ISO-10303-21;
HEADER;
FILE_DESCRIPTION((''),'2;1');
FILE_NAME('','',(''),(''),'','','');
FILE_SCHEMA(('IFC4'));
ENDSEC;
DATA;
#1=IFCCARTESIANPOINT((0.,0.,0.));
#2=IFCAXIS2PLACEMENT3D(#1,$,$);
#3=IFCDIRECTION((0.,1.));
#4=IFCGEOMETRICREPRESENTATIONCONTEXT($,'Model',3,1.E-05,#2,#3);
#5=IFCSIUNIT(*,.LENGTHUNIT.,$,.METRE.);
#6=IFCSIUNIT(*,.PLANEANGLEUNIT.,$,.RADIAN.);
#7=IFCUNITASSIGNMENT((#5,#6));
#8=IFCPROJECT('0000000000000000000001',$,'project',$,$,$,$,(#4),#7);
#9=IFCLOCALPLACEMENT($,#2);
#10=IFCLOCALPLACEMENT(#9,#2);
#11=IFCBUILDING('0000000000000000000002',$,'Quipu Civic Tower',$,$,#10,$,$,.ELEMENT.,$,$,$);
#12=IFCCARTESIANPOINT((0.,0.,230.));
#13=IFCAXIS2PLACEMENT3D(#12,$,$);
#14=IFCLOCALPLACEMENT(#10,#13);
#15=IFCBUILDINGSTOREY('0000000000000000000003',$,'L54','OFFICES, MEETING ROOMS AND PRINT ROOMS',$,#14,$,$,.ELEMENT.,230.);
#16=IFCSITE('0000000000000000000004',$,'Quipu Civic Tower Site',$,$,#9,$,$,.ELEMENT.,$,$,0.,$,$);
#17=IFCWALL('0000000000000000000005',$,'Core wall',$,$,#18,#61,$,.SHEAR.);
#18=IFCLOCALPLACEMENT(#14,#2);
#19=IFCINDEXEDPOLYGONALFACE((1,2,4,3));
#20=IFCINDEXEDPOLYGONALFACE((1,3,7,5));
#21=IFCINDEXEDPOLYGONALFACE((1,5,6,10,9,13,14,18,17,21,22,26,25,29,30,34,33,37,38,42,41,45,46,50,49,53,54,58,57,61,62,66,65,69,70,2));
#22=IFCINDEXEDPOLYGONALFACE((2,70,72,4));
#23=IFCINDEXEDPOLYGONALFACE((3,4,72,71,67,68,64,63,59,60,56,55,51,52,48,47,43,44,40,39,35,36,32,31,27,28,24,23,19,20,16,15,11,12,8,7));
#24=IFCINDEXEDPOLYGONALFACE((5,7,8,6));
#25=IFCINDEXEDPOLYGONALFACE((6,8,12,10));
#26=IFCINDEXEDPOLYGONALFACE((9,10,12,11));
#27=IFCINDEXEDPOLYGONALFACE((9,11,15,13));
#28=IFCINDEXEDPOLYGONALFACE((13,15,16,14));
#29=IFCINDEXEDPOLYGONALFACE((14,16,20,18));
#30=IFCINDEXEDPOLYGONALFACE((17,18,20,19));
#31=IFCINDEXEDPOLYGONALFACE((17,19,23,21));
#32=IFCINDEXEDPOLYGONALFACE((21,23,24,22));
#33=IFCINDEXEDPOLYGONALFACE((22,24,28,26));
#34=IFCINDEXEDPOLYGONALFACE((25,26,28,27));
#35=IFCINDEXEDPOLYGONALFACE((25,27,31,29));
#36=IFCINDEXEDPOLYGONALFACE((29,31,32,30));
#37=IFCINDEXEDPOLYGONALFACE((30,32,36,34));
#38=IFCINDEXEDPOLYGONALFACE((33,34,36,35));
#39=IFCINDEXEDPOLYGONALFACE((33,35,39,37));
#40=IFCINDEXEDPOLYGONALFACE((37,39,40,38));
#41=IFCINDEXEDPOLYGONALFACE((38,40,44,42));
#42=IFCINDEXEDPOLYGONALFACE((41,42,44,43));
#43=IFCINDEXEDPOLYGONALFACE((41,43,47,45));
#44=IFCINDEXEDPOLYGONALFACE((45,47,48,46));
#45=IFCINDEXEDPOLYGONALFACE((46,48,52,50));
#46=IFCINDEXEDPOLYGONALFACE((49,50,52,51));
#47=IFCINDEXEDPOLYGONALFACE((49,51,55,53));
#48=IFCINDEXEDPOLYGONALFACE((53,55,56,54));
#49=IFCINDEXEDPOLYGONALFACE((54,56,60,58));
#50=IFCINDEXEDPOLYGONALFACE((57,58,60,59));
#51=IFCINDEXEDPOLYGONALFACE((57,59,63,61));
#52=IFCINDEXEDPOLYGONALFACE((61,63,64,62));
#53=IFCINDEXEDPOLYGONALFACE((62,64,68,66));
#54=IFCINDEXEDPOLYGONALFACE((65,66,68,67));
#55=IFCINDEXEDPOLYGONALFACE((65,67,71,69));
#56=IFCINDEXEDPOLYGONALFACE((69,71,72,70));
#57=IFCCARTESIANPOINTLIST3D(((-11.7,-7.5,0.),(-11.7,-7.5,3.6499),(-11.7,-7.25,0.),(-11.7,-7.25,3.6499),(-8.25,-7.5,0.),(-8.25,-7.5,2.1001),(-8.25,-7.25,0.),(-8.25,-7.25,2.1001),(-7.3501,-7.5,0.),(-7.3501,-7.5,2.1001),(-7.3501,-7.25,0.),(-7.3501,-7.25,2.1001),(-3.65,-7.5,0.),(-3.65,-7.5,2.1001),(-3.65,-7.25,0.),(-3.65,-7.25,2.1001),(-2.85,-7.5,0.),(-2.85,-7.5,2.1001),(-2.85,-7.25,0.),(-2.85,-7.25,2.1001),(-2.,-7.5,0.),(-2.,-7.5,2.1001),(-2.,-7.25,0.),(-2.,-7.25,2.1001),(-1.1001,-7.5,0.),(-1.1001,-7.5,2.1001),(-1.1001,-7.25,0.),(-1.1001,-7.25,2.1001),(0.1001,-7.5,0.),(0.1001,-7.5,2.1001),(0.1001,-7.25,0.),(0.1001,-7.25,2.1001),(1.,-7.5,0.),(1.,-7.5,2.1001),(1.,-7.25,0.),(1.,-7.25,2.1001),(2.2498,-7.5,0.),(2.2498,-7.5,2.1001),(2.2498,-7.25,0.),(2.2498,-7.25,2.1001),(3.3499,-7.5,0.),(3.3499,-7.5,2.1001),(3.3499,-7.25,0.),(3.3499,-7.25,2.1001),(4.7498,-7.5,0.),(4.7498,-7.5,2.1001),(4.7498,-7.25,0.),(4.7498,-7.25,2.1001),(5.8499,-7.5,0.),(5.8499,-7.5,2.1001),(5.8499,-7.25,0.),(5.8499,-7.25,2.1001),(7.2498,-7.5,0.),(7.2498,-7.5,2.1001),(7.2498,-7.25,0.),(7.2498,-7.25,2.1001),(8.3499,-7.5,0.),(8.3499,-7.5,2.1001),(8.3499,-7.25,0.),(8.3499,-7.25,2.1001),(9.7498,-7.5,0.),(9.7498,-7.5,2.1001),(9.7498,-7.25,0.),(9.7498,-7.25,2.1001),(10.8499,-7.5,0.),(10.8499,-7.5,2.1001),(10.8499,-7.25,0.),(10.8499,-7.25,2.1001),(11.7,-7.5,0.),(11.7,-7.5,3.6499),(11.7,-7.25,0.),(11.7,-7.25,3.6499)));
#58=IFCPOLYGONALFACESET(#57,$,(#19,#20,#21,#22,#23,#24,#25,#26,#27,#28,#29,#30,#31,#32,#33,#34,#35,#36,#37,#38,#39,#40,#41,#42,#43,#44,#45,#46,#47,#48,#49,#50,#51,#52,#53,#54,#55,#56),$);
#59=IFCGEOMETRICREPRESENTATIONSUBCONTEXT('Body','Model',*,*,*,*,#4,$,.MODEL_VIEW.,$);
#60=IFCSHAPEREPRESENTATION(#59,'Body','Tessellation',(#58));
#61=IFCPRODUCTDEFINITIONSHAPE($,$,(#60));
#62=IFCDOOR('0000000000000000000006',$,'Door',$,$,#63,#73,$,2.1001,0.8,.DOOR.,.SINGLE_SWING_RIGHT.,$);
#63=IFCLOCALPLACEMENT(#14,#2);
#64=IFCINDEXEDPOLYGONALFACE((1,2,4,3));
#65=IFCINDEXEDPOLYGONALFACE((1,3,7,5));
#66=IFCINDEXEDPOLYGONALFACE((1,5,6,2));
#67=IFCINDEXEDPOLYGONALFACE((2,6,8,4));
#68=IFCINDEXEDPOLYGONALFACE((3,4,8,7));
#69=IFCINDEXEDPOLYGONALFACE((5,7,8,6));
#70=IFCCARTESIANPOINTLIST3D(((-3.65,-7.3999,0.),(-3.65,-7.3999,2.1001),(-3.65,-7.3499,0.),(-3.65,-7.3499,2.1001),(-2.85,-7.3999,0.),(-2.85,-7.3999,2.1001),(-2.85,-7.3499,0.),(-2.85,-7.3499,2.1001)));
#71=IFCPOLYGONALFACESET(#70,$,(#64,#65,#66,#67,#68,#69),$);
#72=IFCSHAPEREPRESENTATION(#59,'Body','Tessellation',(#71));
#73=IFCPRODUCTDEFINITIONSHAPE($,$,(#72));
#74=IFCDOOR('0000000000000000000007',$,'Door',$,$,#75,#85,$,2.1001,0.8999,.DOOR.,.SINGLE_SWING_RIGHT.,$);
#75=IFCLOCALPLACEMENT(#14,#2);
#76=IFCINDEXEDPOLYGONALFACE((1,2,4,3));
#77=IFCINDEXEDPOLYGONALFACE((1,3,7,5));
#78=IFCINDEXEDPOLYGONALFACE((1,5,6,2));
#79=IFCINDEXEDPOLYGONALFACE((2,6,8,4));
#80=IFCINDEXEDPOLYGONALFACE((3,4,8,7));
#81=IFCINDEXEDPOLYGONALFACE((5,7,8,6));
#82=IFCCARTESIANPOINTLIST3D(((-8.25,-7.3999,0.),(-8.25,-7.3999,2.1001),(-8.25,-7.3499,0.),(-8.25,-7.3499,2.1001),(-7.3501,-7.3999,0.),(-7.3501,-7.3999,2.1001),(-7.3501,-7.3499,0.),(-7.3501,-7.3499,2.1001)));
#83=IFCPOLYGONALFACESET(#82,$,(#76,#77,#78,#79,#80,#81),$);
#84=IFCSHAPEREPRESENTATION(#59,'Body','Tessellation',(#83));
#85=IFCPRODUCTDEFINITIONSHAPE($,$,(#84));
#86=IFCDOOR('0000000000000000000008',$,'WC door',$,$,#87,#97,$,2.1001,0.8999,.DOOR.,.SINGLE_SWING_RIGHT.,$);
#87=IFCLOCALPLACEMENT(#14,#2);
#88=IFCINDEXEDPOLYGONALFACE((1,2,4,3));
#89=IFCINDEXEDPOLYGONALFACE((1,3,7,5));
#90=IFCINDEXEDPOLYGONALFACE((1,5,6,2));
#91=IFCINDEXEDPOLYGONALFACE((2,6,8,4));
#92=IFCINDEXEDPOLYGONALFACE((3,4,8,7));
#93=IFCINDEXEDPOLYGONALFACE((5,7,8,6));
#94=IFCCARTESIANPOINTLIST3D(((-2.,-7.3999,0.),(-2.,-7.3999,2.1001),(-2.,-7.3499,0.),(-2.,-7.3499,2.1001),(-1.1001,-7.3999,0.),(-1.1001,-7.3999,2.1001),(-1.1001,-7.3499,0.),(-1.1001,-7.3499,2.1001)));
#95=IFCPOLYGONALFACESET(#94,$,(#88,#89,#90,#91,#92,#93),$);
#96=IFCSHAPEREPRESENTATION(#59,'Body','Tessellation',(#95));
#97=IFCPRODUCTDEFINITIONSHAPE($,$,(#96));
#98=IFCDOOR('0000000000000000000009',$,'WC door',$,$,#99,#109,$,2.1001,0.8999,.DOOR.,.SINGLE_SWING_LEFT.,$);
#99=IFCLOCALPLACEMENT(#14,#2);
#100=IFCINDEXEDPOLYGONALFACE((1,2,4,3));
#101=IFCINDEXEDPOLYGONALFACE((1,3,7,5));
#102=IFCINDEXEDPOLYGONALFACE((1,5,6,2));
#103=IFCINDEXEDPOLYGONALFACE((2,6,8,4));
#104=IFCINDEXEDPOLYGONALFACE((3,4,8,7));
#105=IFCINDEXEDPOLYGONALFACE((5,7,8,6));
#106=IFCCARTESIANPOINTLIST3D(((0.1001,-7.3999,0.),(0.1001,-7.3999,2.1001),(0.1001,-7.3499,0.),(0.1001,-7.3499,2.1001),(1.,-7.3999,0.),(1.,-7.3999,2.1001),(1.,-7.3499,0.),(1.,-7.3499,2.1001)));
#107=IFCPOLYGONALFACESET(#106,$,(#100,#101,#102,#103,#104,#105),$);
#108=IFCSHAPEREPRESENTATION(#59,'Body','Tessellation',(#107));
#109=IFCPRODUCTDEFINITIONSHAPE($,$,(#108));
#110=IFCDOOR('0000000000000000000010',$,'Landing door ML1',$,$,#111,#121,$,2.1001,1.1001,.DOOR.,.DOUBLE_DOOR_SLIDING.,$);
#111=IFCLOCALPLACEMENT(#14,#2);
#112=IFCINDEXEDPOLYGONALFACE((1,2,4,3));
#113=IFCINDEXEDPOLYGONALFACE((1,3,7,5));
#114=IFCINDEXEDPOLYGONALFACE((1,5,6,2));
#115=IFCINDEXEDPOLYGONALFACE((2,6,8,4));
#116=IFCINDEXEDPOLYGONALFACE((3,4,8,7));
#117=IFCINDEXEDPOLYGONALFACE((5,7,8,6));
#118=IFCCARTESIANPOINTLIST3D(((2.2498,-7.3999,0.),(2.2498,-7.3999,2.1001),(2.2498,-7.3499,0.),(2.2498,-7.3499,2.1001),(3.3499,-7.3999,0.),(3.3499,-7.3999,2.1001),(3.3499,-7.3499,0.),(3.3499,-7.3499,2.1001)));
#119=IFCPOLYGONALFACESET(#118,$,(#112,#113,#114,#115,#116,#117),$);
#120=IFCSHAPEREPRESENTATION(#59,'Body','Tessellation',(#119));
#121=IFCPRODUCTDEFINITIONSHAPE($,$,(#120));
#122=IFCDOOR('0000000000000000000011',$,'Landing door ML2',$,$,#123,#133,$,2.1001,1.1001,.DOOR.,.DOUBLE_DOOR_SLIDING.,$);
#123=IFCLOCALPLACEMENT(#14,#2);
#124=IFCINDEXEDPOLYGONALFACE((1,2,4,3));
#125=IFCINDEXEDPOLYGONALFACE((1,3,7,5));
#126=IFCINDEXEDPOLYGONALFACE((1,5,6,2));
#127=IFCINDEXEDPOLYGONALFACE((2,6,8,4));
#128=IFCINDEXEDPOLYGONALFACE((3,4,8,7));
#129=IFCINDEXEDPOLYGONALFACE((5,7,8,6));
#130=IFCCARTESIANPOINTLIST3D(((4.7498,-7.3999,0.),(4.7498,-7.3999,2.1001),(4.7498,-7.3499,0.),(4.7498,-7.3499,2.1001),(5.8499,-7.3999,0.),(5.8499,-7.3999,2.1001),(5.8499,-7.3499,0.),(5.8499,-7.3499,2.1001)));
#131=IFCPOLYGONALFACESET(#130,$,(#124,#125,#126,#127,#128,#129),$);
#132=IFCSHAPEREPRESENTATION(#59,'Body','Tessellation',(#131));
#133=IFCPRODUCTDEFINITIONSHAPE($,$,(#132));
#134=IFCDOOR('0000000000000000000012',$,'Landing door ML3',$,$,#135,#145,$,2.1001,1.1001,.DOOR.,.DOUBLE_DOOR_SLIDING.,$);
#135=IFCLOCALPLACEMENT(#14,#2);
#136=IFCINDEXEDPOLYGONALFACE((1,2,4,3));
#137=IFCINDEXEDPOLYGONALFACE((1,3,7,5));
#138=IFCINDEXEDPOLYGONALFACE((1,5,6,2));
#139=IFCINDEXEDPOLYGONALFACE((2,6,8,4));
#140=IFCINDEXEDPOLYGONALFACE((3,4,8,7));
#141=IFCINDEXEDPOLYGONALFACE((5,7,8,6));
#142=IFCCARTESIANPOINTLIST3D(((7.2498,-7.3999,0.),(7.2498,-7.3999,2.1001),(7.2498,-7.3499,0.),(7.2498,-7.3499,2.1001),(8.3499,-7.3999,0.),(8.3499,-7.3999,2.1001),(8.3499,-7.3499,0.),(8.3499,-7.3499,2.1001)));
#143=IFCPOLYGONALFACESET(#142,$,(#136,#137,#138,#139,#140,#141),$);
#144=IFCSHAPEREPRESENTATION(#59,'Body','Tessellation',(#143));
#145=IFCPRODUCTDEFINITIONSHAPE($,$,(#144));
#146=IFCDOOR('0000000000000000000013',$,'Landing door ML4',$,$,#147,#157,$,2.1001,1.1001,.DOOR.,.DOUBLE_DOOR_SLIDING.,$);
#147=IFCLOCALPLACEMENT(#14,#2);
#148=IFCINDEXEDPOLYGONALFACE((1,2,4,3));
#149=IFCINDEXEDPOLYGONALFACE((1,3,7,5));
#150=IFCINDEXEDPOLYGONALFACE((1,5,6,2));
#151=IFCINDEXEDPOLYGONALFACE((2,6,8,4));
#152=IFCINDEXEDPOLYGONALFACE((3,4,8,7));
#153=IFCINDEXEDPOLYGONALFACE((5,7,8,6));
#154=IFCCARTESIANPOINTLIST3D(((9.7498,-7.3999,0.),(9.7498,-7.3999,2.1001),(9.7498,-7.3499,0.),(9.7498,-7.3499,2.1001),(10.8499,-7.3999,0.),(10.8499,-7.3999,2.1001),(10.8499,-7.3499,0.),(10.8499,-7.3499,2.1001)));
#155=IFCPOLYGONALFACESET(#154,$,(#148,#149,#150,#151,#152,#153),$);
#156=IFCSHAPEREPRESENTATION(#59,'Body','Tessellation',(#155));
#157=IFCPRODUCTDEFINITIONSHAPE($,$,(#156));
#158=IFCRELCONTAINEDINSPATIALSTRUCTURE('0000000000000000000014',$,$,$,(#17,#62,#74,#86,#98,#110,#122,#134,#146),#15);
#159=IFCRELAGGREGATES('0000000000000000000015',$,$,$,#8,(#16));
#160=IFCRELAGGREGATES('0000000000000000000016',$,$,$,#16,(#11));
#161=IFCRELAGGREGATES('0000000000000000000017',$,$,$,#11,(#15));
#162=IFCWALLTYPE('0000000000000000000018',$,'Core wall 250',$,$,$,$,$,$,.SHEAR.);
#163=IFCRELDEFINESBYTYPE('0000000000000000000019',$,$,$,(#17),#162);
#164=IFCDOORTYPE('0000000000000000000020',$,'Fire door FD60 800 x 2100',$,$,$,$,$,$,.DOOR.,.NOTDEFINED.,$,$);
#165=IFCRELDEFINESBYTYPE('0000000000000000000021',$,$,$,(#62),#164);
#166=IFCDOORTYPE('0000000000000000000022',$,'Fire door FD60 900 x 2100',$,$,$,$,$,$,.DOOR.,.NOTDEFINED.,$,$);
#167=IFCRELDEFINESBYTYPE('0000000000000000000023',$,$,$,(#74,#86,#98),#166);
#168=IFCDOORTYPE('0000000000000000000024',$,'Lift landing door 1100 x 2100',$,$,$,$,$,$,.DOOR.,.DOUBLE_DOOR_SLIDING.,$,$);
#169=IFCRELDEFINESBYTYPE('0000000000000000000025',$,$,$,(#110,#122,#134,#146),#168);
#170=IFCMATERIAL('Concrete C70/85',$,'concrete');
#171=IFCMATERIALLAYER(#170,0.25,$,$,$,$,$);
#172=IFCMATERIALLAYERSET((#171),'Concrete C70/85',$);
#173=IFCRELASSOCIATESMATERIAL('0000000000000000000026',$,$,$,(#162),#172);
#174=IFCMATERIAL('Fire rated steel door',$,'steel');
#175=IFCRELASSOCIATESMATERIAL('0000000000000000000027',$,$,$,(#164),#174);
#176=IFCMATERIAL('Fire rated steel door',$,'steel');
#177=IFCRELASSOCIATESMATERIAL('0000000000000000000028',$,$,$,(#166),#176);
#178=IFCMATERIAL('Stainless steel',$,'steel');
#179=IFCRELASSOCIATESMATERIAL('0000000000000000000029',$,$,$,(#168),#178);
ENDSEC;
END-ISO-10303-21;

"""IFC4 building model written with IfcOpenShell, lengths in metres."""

from ifc_helpers import new_model, si_unit, direction, frame, frame_2d, origin, place, context, subcontext, project, spatial, rectangle, extrude, material, layer, layer_set, type_object, element, fill, save


model = new_model("IFC4")

# Units and contexts
model_context = context("Model", 3, precision=1e-05, world=origin(), true_north=direction((0.0, 1.0)))
body_context = subcontext(model_context, "Body", "Model", "MODEL_VIEW")
ifc_project = project(units=[si_unit("LENGTHUNIT", "METRE"), si_unit("PLANEANGLEUNIT", "RADIAN")], contexts=[model_context])

# Site, building, storey
site_placement = place(None, origin())
site = spatial("IfcSite", under=ifc_project, at=site_placement, Name="Quipu Civic Tower Site", CompositionType="ELEMENT", RefElevation=0.0)
building_placement = place(site_placement, origin())
building = spatial("IfcBuilding", under=site, at=building_placement, Name="Quipu Civic Tower", CompositionType="ELEMENT")
storey_placement = place(building_placement, frame((0.0, 0.0, 230.0)))
storey = spatial("IfcBuildingStorey", under=building, at=storey_placement, Name="L54", Description="OFFICES, MEETING ROOMS AND PRINT ROOMS", CompositionType="ELEMENT", Elevation=230.0)

# Shared definitions
ifc_material_1 = material(Name="Concrete C70/85", Category="concrete")
ifc_layer_1 = layer(ifc_material_1, 0.25)
ifc_layer_set_1 = layer_set([ifc_layer_1], Name="Concrete C70/85")
wall_type_1 = type_object("IfcWallType", Name="Core wall 250", PredefinedType="SHEAR", material=ifc_layer_set_1)

# Wall, openings, doors
wall_1_placement = place(storey_placement, frame((11.7, -7.375, 0.0), z_axis=(0.0, 0.0, 1.0), x_axis=(-1.0, 0.0, 0.0)))
wall_1 = element("IfcWall", 1, at=wall_1_placement, inside=storey, type_object=wall_type_1, Name="Core wall", PredefinedType="SHEAR", context=body_context, shape_type="SweptSolid", body=[
    extrude(rectangle(XDim=23.3999, YDim=0.25, at=frame_2d((11.7, 0.0))), origin(), (0.0, 0.0, 1.0), 3.6499),
])
opening_1_placement = place(wall_1_placement, frame((19.05, 0.0, 0.0)))
opening_1 = element("IfcOpeningElement", 2, at=opening_1_placement, cuts=wall_1, PredefinedType="OPENING", context=body_context, shape_type="SweptSolid", body=[
    extrude(rectangle(XDim=0.8999, YDim=2.1001, at=frame_2d((0.45, 1.05))), frame((0.0, 0.135, 0.0), z_axis=(0.0, -1.0, 0.0), x_axis=(1.0, 0.0, 0.0)), (0.0, 0.0, 1.0), 0.27),
])
opening_2_placement = place(wall_1_placement, frame((14.55, 0.0, 0.0)))
opening_2 = element("IfcOpeningElement", 3, at=opening_2_placement, cuts=wall_1, PredefinedType="OPENING", context=body_context, shape_type="SweptSolid", body=[
    extrude(rectangle(XDim=0.8, YDim=2.1001, at=frame_2d((0.3999, 1.05))), frame((0.0, 0.135, 0.0), z_axis=(0.0, -1.0, 0.0), x_axis=(1.0, 0.0, 0.0)), (0.0, 0.0, 1.0), 0.27),
])
opening_3_placement = place(wall_1_placement, frame((12.8, 0.0, 0.0)))
opening_3 = element("IfcOpeningElement", 4, at=opening_3_placement, cuts=wall_1, PredefinedType="OPENING", context=body_context, shape_type="SweptSolid", body=[
    extrude(rectangle(XDim=0.8999, YDim=2.1001, at=frame_2d((0.45, 1.05))), frame((0.0, 0.135, 0.0), z_axis=(0.0, -1.0, 0.0), x_axis=(1.0, 0.0, 0.0)), (0.0, 0.0, 1.0), 0.27),
])
opening_4_placement = place(wall_1_placement, frame((10.7, 0.0, 0.0)))
opening_4 = element("IfcOpeningElement", 5, at=opening_4_placement, cuts=wall_1, PredefinedType="OPENING", context=body_context, shape_type="SweptSolid", body=[
    extrude(rectangle(XDim=0.8999, YDim=2.1001, at=frame_2d((0.45, 1.05))), frame((0.0, 0.135, 0.0), z_axis=(0.0, -1.0, 0.0), x_axis=(1.0, 0.0, 0.0)), (0.0, 0.0, 1.0), 0.27),
])
opening_5_placement = place(wall_1_placement, frame((8.3501, 0.0, 0.0)))
opening_5 = element("IfcOpeningElement", 6, at=opening_5_placement, cuts=wall_1, PredefinedType="OPENING", context=body_context, shape_type="SweptSolid", body=[
    extrude(rectangle(XDim=1.1001, YDim=2.1001, at=frame_2d((0.55, 1.05))), frame((0.0, 0.135, 0.0), z_axis=(0.0, -1.0, 0.0), x_axis=(1.0, 0.0, 0.0)), (0.0, 0.0, 1.0), 0.27),
])
opening_6_placement = place(wall_1_placement, frame((5.8501, 0.0, 0.0)))
opening_6 = element("IfcOpeningElement", 7, at=opening_6_placement, cuts=wall_1, PredefinedType="OPENING", context=body_context, shape_type="SweptSolid", body=[
    extrude(rectangle(XDim=1.1001, YDim=2.1001, at=frame_2d((0.55, 1.05))), frame((0.0, 0.135, 0.0), z_axis=(0.0, -1.0, 0.0), x_axis=(1.0, 0.0, 0.0)), (0.0, 0.0, 1.0), 0.27),
])
opening_7_placement = place(wall_1_placement, frame((3.3501, 0.0, 0.0)))
opening_7 = element("IfcOpeningElement", 8, at=opening_7_placement, cuts=wall_1, PredefinedType="OPENING", context=body_context, shape_type="SweptSolid", body=[
    extrude(rectangle(XDim=1.1001, YDim=2.1001, at=frame_2d((0.55, 1.05))), frame((0.0, 0.135, 0.0), z_axis=(0.0, -1.0, 0.0), x_axis=(1.0, 0.0, 0.0)), (0.0, 0.0, 1.0), 0.27),
])
opening_8_placement = place(wall_1_placement, frame((0.8501, 0.0, 0.0)))
opening_8 = element("IfcOpeningElement", 9, at=opening_8_placement, cuts=wall_1, PredefinedType="OPENING", context=body_context, shape_type="SweptSolid", body=[
    extrude(rectangle(XDim=1.1001, YDim=2.1001, at=frame_2d((0.55, 1.05))), frame((0.0, 0.135, 0.0), z_axis=(0.0, -1.0, 0.0), x_axis=(1.0, 0.0, 0.0)), (0.0, 0.0, 1.0), 0.27),
])
ifc_material_2 = material(Name="Fire rated steel door", Category="steel")
door_type_1 = type_object("IfcDoorType", Name="Fire door FD60 800 x 2100", OperationType="NOTDEFINED", PredefinedType="DOOR", material=ifc_material_2)
door_1_placement = place(opening_2_placement, origin())
door_1 = element("IfcDoor", 10, at=door_1_placement, inside=storey, type_object=door_type_1, Name="Door", OperationType="SINGLE_SWING_RIGHT", OverallHeight=2.1001, OverallWidth=0.8, PredefinedType="DOOR", context=body_context, shape_type="SweptSolid", body=[
    extrude(rectangle(XDim=0.8, YDim=2.1001, at=frame_2d((0.3999, 1.05))), frame((0.0, 0.0249, 0.0), z_axis=(0.0, -1.0, 0.0), x_axis=(1.0, 0.0, 0.0)), (0.0, 0.0, 1.0), 0.05),
])
fill(opening_2, door_1)
ifc_material_3 = material(Name="Fire rated steel door", Category="steel")
door_type_2 = type_object("IfcDoorType", Name="Fire door FD60 900 x 2100", OperationType="NOTDEFINED", PredefinedType="DOOR", material=ifc_material_3)
door_2_placement = place(opening_1_placement, origin())
door_2 = element("IfcDoor", 11, at=door_2_placement, inside=storey, type_object=door_type_2, Name="Door", OperationType="SINGLE_SWING_RIGHT", OverallHeight=2.1001, OverallWidth=0.8999, PredefinedType="DOOR", context=body_context, shape_type="SweptSolid", body=[
    extrude(rectangle(XDim=0.8999, YDim=2.1001, at=frame_2d((0.45, 1.05))), frame((0.0, 0.0249, 0.0), z_axis=(0.0, -1.0, 0.0), x_axis=(1.0, 0.0, 0.0)), (0.0, 0.0, 1.0), 0.05),
])
fill(opening_1, door_2)
door_3_placement = place(opening_3_placement, origin())
door_3 = element("IfcDoor", 12, at=door_3_placement, inside=storey, type_object=door_type_2, Name="WC door", OperationType="SINGLE_SWING_RIGHT", OverallHeight=2.1001, OverallWidth=0.8999, PredefinedType="DOOR", context=body_context, shape_type="SweptSolid", body=[
    extrude(rectangle(XDim=0.8999, YDim=2.1001, at=frame_2d((0.45, 1.05))), frame((0.0, 0.0249, 0.0), z_axis=(0.0, -1.0, 0.0), x_axis=(1.0, 0.0, 0.0)), (0.0, 0.0, 1.0), 0.05),
])
fill(opening_3, door_3)
door_4_placement = place(opening_4_placement, origin())
door_4 = element("IfcDoor", 13, at=door_4_placement, inside=storey, type_object=door_type_2, Name="WC door", OperationType="SINGLE_SWING_LEFT", OverallHeight=2.1001, OverallWidth=0.8999, PredefinedType="DOOR", context=body_context, shape_type="SweptSolid", body=[
    extrude(rectangle(XDim=0.8999, YDim=2.1001, at=frame_2d((0.45, 1.05))), frame((0.0, 0.0249, 0.0), z_axis=(0.0, -1.0, 0.0), x_axis=(1.0, 0.0, 0.0)), (0.0, 0.0, 1.0), 0.05),
])
fill(opening_4, door_4)
ifc_material_4 = material(Name="Stainless steel", Category="steel")
door_type_3 = type_object("IfcDoorType", Name="Lift landing door 1100 x 2100", OperationType="DOUBLE_DOOR_SLIDING", PredefinedType="DOOR", material=ifc_material_4)
door_5_placement = place(opening_5_placement, origin())
door_5 = element("IfcDoor", 14, at=door_5_placement, inside=storey, type_object=door_type_3, Name="Landing door ML1", OperationType="DOUBLE_DOOR_SLIDING", OverallHeight=2.1001, OverallWidth=1.1001, PredefinedType="DOOR", context=body_context, shape_type="SweptSolid", body=[
    extrude(rectangle(XDim=1.1001, YDim=2.1001, at=frame_2d((0.55, 1.05))), frame((0.0, 0.0249, 0.0), z_axis=(0.0, -1.0, 0.0), x_axis=(1.0, 0.0, 0.0)), (0.0, 0.0, 1.0), 0.05),
])
fill(opening_5, door_5)
door_6_placement = place(opening_6_placement, origin())
door_6 = element("IfcDoor", 15, at=door_6_placement, inside=storey, type_object=door_type_3, Name="Landing door ML2", OperationType="DOUBLE_DOOR_SLIDING", OverallHeight=2.1001, OverallWidth=1.1001, PredefinedType="DOOR", context=body_context, shape_type="SweptSolid", body=[
    extrude(rectangle(XDim=1.1001, YDim=2.1001, at=frame_2d((0.55, 1.05))), frame((0.0, 0.0249, 0.0), z_axis=(0.0, -1.0, 0.0), x_axis=(1.0, 0.0, 0.0)), (0.0, 0.0, 1.0), 0.05),
])
fill(opening_6, door_6)
door_7_placement = place(opening_7_placement, origin())
door_7 = element("IfcDoor", 16, at=door_7_placement, inside=storey, type_object=door_type_3, Name="Landing door ML3", OperationType="DOUBLE_DOOR_SLIDING", OverallHeight=2.1001, OverallWidth=1.1001, PredefinedType="DOOR", context=body_context, shape_type="SweptSolid", body=[
    extrude(rectangle(XDim=1.1001, YDim=2.1001, at=frame_2d((0.55, 1.05))), frame((0.0, 0.0249, 0.0), z_axis=(0.0, -1.0, 0.0), x_axis=(1.0, 0.0, 0.0)), (0.0, 0.0, 1.0), 0.05),
])
fill(opening_7, door_7)
door_8_placement = place(opening_8_placement, origin())
door_8 = element("IfcDoor", 17, at=door_8_placement, inside=storey, type_object=door_type_3, Name="Landing door ML4", OperationType="DOUBLE_DOOR_SLIDING", OverallHeight=2.1001, OverallWidth=1.1001, PredefinedType="DOOR", context=body_context, shape_type="SweptSolid", body=[
    extrude(rectangle(XDim=1.1001, YDim=2.1001, at=frame_2d((0.55, 1.05))), frame((0.0, 0.0249, 0.0), z_axis=(0.0, -1.0, 0.0), x_axis=(1.0, 0.0, 0.0)), (0.0, 0.0, 1.0), 0.05),
])
fill(opening_8, door_8)

save(model, "model.ifc")
